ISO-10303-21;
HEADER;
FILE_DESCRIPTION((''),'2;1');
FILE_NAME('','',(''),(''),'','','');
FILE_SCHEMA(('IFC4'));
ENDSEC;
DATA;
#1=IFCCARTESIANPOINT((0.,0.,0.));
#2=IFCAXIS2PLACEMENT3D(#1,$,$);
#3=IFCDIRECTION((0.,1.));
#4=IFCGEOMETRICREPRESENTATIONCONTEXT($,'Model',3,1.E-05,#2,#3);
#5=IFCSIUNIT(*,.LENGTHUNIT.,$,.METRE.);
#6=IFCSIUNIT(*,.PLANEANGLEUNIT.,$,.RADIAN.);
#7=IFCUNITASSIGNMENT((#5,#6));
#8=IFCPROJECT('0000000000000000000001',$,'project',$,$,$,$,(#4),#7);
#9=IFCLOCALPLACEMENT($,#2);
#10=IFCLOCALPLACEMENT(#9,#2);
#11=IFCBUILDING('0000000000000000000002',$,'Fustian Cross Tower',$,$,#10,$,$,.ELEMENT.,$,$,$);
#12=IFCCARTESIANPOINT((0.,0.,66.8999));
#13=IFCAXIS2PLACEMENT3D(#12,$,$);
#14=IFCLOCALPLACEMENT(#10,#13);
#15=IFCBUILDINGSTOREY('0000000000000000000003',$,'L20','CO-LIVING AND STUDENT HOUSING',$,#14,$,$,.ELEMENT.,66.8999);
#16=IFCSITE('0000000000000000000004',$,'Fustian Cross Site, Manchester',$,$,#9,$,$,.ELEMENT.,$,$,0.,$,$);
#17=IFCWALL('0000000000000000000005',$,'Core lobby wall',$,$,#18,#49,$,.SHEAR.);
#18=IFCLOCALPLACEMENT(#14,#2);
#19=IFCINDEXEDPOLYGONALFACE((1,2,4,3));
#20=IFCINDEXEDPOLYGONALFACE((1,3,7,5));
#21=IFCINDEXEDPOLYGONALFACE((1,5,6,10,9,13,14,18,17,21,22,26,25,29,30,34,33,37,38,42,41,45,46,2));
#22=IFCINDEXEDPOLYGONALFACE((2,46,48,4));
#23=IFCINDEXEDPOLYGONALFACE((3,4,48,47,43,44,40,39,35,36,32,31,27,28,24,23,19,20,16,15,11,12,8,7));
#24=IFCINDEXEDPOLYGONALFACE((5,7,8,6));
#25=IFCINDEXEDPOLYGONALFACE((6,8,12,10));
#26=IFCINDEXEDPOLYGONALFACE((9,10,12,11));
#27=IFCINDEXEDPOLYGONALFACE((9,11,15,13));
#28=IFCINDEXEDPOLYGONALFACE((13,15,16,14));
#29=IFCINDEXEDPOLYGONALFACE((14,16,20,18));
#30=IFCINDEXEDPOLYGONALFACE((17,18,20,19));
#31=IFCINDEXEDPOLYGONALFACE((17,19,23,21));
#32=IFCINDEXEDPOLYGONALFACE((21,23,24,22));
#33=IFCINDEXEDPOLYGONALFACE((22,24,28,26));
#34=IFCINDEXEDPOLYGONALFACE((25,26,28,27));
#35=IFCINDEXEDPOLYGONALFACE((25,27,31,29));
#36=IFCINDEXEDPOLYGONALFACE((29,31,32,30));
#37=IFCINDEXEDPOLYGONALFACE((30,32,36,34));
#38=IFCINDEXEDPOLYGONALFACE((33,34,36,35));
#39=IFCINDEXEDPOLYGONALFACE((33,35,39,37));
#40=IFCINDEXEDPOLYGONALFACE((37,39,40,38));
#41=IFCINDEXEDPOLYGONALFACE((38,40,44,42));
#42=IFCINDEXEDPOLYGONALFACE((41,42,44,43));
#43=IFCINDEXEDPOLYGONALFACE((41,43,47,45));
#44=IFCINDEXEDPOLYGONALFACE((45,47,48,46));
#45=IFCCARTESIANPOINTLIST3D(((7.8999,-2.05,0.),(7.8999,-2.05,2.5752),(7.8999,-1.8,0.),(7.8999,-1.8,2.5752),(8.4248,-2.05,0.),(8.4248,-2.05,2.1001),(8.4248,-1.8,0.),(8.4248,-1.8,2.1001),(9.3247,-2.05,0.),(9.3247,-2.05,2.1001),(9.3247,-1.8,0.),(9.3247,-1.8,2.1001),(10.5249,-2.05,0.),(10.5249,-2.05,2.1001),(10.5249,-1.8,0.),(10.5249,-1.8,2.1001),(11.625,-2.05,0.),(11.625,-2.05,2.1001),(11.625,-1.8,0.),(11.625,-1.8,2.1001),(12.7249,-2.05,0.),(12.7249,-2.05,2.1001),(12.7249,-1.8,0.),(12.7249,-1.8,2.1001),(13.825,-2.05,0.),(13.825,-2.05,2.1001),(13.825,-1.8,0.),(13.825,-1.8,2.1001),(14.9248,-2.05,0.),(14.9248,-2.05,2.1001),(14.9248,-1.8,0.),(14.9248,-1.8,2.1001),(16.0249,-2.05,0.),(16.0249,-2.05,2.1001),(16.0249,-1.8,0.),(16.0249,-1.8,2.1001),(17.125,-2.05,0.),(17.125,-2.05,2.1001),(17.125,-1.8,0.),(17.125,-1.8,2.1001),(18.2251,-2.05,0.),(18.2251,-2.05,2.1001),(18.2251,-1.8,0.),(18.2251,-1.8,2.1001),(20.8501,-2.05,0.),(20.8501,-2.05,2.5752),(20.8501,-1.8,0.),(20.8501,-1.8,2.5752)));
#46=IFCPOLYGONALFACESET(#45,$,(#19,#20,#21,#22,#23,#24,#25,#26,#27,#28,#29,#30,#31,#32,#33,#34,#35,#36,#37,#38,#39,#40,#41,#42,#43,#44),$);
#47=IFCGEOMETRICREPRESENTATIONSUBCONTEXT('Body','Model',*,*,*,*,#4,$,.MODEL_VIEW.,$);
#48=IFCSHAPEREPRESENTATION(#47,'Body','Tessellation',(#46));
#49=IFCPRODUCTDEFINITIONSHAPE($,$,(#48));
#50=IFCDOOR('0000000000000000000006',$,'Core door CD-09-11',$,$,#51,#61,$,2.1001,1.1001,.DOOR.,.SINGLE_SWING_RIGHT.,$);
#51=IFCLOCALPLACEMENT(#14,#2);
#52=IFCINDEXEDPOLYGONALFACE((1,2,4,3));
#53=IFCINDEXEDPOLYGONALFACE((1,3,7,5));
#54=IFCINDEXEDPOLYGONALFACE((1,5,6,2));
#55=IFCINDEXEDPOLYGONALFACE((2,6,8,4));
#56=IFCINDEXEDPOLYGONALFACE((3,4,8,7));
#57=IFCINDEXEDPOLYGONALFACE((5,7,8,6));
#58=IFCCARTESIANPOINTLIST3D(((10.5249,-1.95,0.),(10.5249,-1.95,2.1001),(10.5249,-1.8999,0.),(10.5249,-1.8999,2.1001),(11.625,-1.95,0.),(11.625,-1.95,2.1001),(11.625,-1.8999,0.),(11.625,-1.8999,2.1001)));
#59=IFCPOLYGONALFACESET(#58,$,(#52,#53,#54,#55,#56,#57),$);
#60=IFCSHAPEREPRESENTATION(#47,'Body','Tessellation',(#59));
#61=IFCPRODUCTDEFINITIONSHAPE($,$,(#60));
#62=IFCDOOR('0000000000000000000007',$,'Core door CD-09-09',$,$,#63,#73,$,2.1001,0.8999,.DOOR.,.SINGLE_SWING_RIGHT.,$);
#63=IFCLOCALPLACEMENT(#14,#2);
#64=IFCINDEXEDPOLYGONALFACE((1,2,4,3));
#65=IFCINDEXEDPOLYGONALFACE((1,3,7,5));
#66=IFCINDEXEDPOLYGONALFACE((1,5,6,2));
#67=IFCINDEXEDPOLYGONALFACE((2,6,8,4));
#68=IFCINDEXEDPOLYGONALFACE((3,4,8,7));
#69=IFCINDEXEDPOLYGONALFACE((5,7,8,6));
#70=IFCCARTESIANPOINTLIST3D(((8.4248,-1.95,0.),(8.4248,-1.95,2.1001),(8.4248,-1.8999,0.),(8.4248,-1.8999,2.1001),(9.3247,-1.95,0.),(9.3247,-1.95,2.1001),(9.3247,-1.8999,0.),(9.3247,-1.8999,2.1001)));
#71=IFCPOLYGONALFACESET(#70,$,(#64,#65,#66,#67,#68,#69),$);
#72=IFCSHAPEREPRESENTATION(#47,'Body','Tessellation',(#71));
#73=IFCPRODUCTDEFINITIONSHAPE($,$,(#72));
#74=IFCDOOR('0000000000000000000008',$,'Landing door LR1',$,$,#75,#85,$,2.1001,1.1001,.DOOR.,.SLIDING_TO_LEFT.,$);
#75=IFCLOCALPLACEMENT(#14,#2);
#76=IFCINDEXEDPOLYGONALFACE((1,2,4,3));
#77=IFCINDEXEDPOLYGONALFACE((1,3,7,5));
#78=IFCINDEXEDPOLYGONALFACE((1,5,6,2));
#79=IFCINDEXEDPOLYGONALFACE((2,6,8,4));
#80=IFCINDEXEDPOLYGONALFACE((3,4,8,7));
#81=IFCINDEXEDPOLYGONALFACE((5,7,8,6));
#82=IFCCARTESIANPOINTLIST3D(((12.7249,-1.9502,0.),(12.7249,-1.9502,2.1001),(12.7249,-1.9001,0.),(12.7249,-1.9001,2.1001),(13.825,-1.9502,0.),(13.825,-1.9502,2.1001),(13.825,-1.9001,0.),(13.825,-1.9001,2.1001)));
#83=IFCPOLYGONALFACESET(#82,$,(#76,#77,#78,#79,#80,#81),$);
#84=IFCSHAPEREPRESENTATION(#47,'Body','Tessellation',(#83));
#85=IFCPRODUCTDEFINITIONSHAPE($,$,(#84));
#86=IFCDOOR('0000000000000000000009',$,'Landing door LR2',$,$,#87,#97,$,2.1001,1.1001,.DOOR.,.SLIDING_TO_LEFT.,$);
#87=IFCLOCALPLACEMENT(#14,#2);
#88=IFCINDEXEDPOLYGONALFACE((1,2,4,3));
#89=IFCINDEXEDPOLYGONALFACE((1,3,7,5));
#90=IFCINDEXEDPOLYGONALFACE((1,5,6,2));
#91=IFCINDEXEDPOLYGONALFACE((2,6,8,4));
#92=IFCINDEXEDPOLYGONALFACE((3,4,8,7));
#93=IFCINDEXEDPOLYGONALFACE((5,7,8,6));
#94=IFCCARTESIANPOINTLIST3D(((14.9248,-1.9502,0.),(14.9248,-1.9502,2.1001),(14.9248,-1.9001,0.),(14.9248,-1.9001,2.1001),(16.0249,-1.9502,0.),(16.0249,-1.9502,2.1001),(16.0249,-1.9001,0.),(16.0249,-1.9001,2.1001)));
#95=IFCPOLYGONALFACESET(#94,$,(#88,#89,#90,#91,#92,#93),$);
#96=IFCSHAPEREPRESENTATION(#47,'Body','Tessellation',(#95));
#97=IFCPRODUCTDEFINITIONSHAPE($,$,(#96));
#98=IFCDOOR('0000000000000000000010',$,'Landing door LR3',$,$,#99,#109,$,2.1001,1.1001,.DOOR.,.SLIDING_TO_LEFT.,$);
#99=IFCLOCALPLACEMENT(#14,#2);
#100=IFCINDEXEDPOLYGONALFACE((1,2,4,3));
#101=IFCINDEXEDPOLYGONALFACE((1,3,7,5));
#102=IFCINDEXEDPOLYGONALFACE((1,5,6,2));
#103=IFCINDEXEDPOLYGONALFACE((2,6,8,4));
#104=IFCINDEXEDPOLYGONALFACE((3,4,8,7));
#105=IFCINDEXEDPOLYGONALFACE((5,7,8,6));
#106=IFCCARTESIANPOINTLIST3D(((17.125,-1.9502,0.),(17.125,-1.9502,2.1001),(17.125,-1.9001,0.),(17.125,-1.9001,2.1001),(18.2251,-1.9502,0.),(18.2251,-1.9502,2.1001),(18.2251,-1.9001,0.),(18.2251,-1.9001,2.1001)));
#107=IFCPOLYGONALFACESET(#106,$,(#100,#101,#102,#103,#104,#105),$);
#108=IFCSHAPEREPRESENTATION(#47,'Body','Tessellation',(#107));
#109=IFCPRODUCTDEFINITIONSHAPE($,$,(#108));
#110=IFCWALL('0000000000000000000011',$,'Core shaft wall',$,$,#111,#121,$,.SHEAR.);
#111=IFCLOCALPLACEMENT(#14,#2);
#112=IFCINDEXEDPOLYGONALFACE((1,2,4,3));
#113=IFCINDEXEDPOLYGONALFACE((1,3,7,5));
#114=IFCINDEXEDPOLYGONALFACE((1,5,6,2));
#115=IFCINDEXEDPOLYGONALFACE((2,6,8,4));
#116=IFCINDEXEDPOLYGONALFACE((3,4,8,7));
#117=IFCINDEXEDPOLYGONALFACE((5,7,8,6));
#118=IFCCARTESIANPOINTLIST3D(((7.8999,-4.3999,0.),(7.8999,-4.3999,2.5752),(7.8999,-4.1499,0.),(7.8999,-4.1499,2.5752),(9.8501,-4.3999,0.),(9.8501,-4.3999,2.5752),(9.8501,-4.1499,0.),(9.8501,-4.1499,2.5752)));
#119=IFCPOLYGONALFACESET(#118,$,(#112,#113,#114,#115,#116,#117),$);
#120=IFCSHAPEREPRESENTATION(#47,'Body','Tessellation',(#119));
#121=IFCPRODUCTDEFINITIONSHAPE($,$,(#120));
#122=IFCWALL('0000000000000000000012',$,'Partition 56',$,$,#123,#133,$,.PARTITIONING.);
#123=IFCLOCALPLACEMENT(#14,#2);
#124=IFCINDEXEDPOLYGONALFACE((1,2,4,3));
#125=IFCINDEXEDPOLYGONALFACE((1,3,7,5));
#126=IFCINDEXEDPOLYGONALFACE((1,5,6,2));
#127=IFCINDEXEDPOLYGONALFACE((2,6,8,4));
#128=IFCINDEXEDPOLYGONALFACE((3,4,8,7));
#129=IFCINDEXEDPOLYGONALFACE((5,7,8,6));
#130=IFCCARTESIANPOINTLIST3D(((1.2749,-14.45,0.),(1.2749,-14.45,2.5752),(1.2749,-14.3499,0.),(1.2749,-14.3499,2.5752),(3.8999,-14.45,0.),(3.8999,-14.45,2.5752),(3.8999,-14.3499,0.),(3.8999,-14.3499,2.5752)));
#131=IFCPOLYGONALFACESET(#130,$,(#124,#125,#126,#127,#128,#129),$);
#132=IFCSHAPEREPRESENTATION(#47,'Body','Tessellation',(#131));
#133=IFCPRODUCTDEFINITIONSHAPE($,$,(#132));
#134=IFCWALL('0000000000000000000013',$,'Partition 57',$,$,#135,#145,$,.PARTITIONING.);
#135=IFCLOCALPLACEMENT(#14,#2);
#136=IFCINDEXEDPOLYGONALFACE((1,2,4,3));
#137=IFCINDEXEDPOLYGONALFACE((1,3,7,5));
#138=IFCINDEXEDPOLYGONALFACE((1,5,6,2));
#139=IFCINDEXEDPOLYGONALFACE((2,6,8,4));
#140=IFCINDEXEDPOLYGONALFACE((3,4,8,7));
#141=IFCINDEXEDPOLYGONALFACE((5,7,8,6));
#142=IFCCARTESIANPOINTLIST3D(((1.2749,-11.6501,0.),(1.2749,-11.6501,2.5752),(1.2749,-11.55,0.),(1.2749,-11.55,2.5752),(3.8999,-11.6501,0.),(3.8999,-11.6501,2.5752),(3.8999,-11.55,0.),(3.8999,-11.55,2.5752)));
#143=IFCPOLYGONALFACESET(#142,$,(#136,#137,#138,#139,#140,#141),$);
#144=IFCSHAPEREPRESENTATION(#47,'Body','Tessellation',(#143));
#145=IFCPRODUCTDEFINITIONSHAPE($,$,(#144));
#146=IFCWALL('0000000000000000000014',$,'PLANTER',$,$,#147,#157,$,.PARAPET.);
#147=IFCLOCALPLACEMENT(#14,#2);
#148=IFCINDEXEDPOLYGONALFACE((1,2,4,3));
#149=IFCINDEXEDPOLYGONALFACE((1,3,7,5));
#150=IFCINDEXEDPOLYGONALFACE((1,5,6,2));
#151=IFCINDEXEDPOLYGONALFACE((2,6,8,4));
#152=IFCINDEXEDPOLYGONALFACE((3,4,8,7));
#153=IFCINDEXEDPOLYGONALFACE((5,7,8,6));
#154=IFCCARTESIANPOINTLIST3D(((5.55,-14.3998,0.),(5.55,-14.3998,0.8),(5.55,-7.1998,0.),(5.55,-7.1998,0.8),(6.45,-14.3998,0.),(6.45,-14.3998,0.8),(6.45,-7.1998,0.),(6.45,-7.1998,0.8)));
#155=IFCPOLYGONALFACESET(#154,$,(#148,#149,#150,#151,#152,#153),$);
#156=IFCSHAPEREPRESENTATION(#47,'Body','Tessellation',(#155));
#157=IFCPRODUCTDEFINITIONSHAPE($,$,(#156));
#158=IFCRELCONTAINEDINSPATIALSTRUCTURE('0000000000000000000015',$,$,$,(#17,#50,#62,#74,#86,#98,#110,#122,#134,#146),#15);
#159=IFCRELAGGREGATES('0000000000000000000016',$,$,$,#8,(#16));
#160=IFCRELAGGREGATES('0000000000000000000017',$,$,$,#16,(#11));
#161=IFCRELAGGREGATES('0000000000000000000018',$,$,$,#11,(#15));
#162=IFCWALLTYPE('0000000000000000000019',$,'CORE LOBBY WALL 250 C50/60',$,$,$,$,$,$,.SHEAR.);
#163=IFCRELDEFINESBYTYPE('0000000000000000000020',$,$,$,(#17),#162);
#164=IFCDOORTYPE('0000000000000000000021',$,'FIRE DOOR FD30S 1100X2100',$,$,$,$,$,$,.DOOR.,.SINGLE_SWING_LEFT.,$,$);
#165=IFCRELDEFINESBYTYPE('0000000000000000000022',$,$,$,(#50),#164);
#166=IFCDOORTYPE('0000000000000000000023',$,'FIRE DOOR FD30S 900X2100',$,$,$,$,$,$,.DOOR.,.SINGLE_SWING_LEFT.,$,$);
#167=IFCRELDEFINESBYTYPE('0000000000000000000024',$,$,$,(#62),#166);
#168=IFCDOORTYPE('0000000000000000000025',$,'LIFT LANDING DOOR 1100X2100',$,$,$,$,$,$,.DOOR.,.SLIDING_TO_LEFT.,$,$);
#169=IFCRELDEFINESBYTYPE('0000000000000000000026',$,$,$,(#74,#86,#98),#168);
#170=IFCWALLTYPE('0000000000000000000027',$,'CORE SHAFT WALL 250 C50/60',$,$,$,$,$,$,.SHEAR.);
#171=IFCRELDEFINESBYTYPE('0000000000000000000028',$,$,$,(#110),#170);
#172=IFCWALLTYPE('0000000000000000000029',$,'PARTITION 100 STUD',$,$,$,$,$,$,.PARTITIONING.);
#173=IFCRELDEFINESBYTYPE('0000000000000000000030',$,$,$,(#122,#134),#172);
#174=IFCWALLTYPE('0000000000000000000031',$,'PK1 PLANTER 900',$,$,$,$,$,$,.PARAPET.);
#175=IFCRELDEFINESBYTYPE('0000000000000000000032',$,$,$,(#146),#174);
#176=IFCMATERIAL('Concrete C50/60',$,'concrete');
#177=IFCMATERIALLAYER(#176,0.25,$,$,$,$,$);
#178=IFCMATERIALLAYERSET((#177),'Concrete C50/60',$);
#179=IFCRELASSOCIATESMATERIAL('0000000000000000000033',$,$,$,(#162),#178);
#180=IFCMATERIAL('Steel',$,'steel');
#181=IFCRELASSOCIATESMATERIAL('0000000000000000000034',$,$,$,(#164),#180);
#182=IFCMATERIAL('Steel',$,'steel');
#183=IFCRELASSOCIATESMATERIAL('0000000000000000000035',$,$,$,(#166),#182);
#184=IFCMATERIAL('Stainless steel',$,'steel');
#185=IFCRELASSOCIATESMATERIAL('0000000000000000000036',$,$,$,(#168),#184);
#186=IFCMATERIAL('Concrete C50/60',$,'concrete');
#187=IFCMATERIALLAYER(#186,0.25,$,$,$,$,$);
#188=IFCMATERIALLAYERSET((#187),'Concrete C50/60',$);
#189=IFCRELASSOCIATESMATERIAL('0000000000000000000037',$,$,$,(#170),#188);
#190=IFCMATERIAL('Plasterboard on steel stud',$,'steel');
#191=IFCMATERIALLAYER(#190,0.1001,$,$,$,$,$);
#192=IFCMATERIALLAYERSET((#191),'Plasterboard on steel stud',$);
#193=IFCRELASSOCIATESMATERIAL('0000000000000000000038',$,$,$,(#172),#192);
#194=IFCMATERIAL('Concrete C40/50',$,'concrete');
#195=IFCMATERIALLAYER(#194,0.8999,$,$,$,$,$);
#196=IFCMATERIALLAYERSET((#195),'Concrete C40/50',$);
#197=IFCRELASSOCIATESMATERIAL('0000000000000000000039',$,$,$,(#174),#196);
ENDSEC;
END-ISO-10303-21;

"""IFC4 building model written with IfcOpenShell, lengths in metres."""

from ifc_helpers import new_model, si_unit, direction, frame, frame_2d, origin, place, context, subcontext, project, spatial, rectangle, extrude, material, layer, layer_set, type_object, element, fill, save


model = new_model("IFC4")

# Units and contexts
model_context = context("Model", 3, precision=1e-05, world=origin(), true_north=direction((0.0, 1.0)))
body_context = subcontext(model_context, "Body", "Model", "MODEL_VIEW")
ifc_project = project(units=[si_unit("LENGTHUNIT", "METRE"), si_unit("PLANEANGLEUNIT", "RADIAN")], contexts=[model_context])

# Site, building, storey
site_placement = place(None, origin())
site = spatial("IfcSite", under=ifc_project, at=site_placement, Name="Fustian Cross Site, Manchester", CompositionType="ELEMENT", RefElevation=0.0)
building_placement = place(site_placement, origin())
building = spatial("IfcBuilding", under=site, at=building_placement, Name="Fustian Cross Tower", CompositionType="ELEMENT")
storey_placement = place(building_placement, frame((0.0, 0.0, 66.8999)))
storey = spatial("IfcBuildingStorey", under=building, at=storey_placement, Name="L20", Description="CO-LIVING AND STUDENT HOUSING", CompositionType="ELEMENT", Elevation=66.8999)

# Wall, openings, doors
ifc_material_1 = material(Name="Concrete C50/60", Category="concrete")
ifc_layer_1 = layer(ifc_material_1, 0.25)
ifc_layer_set_1 = layer_set([ifc_layer_1], Name="Concrete C50/60")
wall_type_1 = type_object("IfcWallType", Name="CORE LOBBY WALL 250 C50/60", PredefinedType="SHEAR", material=ifc_layer_set_1)
wall_1_placement = place(storey_placement, frame((7.8999, -1.925, 0.0), z_axis=(0.0, 0.0, 1.0), x_axis=(1.0, 0.0, 0.0)))
wall_1 = element("IfcWall", 1, at=wall_1_placement, inside=storey, type_object=wall_type_1, Name="Core lobby wall", PredefinedType="SHEAR", context=body_context, shape_type="SweptSolid", body=[
    extrude(rectangle(XDim=12.9502, YDim=0.25, at=frame_2d((6.4751, 0.0))), origin(), (0.0, 0.0, 1.0), 2.5752),
])
opening_1_placement = place(wall_1_placement, frame((4.825, 0.0, 0.0)))
opening_1 = element("IfcOpeningElement", 2, at=opening_1_placement, cuts=wall_1, PredefinedType="OPENING", context=body_context, shape_type="SweptSolid", body=[
    extrude(rectangle(XDim=1.1001, YDim=2.1001, at=frame_2d((0.55, 1.05))), frame((0.0, 0.135, 0.0), z_axis=(0.0, -1.0, 0.0), x_axis=(1.0, 0.0, 0.0)), (0.0, 0.0, 1.0), 0.27),
])
opening_2_placement = place(wall_1_placement, frame((7.0249, 0.0, 0.0)))
opening_2 = element("IfcOpeningElement", 3, at=opening_2_placement, cuts=wall_1, PredefinedType="OPENING", context=body_context, shape_type="SweptSolid", body=[
    extrude(rectangle(XDim=1.1001, YDim=2.1001, at=frame_2d((0.55, 1.05))), frame((0.0, 0.135, 0.0), z_axis=(0.0, -1.0, 0.0), x_axis=(1.0, 0.0, 0.0)), (0.0, 0.0, 1.0), 0.27),
])
opening_3_placement = place(wall_1_placement, frame((9.2251, 0.0, 0.0)))
opening_3 = element("IfcOpeningElement", 4, at=opening_3_placement, cuts=wall_1, PredefinedType="OPENING", context=body_context, shape_type="SweptSolid", body=[
    extrude(rectangle(XDim=1.1001, YDim=2.1001, at=frame_2d((0.55, 1.05))), frame((0.0, 0.135, 0.0), z_axis=(0.0, -1.0, 0.0), x_axis=(1.0, 0.0, 0.0)), (0.0, 0.0, 1.0), 0.27),
])
opening_4_placement = place(wall_1_placement, frame((0.5249, 0.0, 0.0)))
opening_4 = element("IfcOpeningElement", 5, at=opening_4_placement, cuts=wall_1, PredefinedType="OPENING", context=body_context, shape_type="SweptSolid", body=[
    extrude(rectangle(XDim=0.8999, YDim=2.1001, at=frame_2d((0.45, 1.05))), frame((0.0, 0.135, 0.0), z_axis=(0.0, -1.0, 0.0), x_axis=(1.0, 0.0, 0.0)), (0.0, 0.0, 1.0), 0.27),
])
opening_5_placement = place(wall_1_placement, frame((2.625, 0.0, 0.0)))
opening_5 = element("IfcOpeningElement", 6, at=opening_5_placement, cuts=wall_1, PredefinedType="OPENING", context=body_context, shape_type="SweptSolid", body=[
    extrude(rectangle(XDim=1.1001, YDim=2.1001, at=frame_2d((0.55, 1.05))), frame((0.0, 0.135, 0.0), z_axis=(0.0, -1.0, 0.0), x_axis=(1.0, 0.0, 0.0)), (0.0, 0.0, 1.0), 0.27),
])
ifc_material_2 = material(Name="Steel", Category="steel")
door_type_1 = type_object("IfcDoorType", Name="FIRE DOOR FD30S 1100X2100", OperationType="SINGLE_SWING_LEFT", PredefinedType="DOOR", material=ifc_material_2)
door_1_placement = place(opening_5_placement, frame((1.1001, 0.0, 0.0), z_axis=(0.0, 0.0, 1.0), x_axis=(-1.0, 0.0, 0.0)))
door_1 = element("IfcDoor", 7, at=door_1_placement, inside=storey, type_object=door_type_1, Name="Core door CD-09-11", OperationType="SINGLE_SWING_RIGHT", OverallHeight=2.1001, OverallWidth=1.1001, PredefinedType="DOOR", context=body_context, shape_type="SweptSolid", body=[
    extrude(rectangle(XDim=1.1001, YDim=2.1001, at=frame_2d((0.55, 1.05))), frame((0.0, 0.0249, 0.0), z_axis=(0.0, -1.0, 0.0), x_axis=(1.0, 0.0, 0.0)), (0.0, 0.0, 1.0), 0.05),
])
fill(opening_5, door_1)
ifc_material_3 = material(Name="Steel", Category="steel")
door_type_2 = type_object("IfcDoorType", Name="FIRE DOOR FD30S 900X2100", OperationType="SINGLE_SWING_LEFT", PredefinedType="DOOR", material=ifc_material_3)
door_2_placement = place(opening_4_placement, frame((0.8999, 0.0, 0.0), z_axis=(0.0, 0.0, 1.0), x_axis=(-1.0, 0.0, 0.0)))
door_2 = element("IfcDoor", 8, at=door_2_placement, inside=storey, type_object=door_type_2, Name="Core door CD-09-09", OperationType="SINGLE_SWING_RIGHT", OverallHeight=2.1001, OverallWidth=0.8999, PredefinedType="DOOR", context=body_context, shape_type="SweptSolid", body=[
    extrude(rectangle(XDim=0.8999, YDim=2.1001, at=frame_2d((0.45, 1.05))), frame((0.0, 0.0249, 0.0), z_axis=(0.0, -1.0, 0.0), x_axis=(1.0, 0.0, 0.0)), (0.0, 0.0, 1.0), 0.05),
])
fill(opening_4, door_2)
ifc_material_4 = material(Name="Stainless steel", Category="steel")
door_type_3 = type_object("IfcDoorType", Name="LIFT LANDING DOOR 1100X2100", OperationType="SLIDING_TO_LEFT", PredefinedType="DOOR", material=ifc_material_4)
door_3_placement = place(opening_1_placement, origin())
door_3 = element("IfcDoor", 9, at=door_3_placement, inside=storey, type_object=door_type_3, Name="Landing door LR1", OperationType="SLIDING_TO_LEFT", OverallHeight=2.1001, OverallWidth=1.1001, PredefinedType="DOOR", context=body_context, shape_type="SweptSolid", body=[
    extrude(rectangle(XDim=1.1001, YDim=2.1001, at=frame_2d((0.55, 1.05))), frame((0.0, 0.0249, 0.0), z_axis=(0.0, -1.0, 0.0), x_axis=(1.0, 0.0, 0.0)), (0.0, 0.0, 1.0), 0.05),
])
fill(opening_1, door_3)
door_4_placement = place(opening_2_placement, origin())
door_4 = element("IfcDoor", 10, at=door_4_placement, inside=storey, type_object=door_type_3, Name="Landing door LR2", OperationType="SLIDING_TO_LEFT", OverallHeight=2.1001, OverallWidth=1.1001, PredefinedType="DOOR", context=body_context, shape_type="SweptSolid", body=[
    extrude(rectangle(XDim=1.1001, YDim=2.1001, at=frame_2d((0.55, 1.05))), frame((0.0, 0.0249, 0.0), z_axis=(0.0, -1.0, 0.0), x_axis=(1.0, 0.0, 0.0)), (0.0, 0.0, 1.0), 0.05),
])
fill(opening_2, door_4)
door_5_placement = place(opening_3_placement, origin())
door_5 = element("IfcDoor", 11, at=door_5_placement, inside=storey, type_object=door_type_3, Name="Landing door LR3", OperationType="SLIDING_TO_LEFT", OverallHeight=2.1001, OverallWidth=1.1001, PredefinedType="DOOR", context=body_context, shape_type="SweptSolid", body=[
    extrude(rectangle(XDim=1.1001, YDim=2.1001, at=frame_2d((0.55, 1.05))), frame((0.0, 0.0249, 0.0), z_axis=(0.0, -1.0, 0.0), x_axis=(1.0, 0.0, 0.0)), (0.0, 0.0, 1.0), 0.05),
])
fill(opening_3, door_5)

# Walls
ifc_material_5 = material(Name="Concrete C50/60", Category="concrete")
ifc_layer_2 = layer(ifc_material_5, 0.25)
ifc_layer_set_2 = layer_set([ifc_layer_2], Name="Concrete C50/60")
wall_type_2 = type_object("IfcWallType", Name="CORE SHAFT WALL 250 C50/60", PredefinedType="SHEAR", material=ifc_layer_set_2)
wall_2_placement = place(storey_placement, frame((7.8999, -4.2749, 0.0), z_axis=(0.0, 0.0, 1.0), x_axis=(1.0, 0.0, 0.0)))
element("IfcWall", 12, at=wall_2_placement, inside=storey, type_object=wall_type_2, Name="Core shaft wall", PredefinedType="SHEAR", context=body_context, shape_type="SweptSolid", body=[
    extrude(rectangle(XDim=1.9502, YDim=0.25, at=frame_2d((0.9751, 0.0))), origin(), (0.0, 0.0, 1.0), 2.5752),
])
ifc_material_6 = material(Name="Plasterboard on steel stud", Category="steel")
ifc_layer_3 = layer(ifc_material_6, 0.1001)
ifc_layer_set_3 = layer_set([ifc_layer_3], Name="Plasterboard on steel stud")
wall_type_3 = type_object("IfcWallType", Name="PARTITION 100 STUD", PredefinedType="PARTITIONING", material=ifc_layer_set_3)
for number, where, z_axis, x_axis, name in (
    (13, (1.2749, -14.3999, 0.0), (0.0, 0.0, 1.0), (1.0, 0.0, 0.0), "Partition 56"),
    (14, (1.2749, -11.6001, 0.0), (0.0, 0.0, 1.0), (1.0, 0.0, 0.0), "Partition 57"),
):
    element("IfcWall", number, at=place(storey_placement, frame(where, z_axis=z_axis, x_axis=x_axis)), inside=storey, type_object=wall_type_3, Name=name, PredefinedType="PARTITIONING", context=body_context, shape_type="SweptSolid", body=[
        extrude(rectangle(XDim=2.625, YDim=0.1001, at=frame_2d((1.3125, 0.0))), origin(), (0.0, 0.0, 1.0), 2.5752),
    ])
ifc_material_7 = material(Name="Concrete C40/50", Category="concrete")
ifc_layer_4 = layer(ifc_material_7, 0.8999)
ifc_layer_set_4 = layer_set([ifc_layer_4], Name="Concrete C40/50")
wall_type_4 = type_object("IfcWallType", Name="PK1 PLANTER 900", PredefinedType="PARAPET", material=ifc_layer_set_4)
wall_3_placement = place(storey_placement, frame((6.0, -14.3999, 0.0), z_axis=(0.0, 0.0, 1.0), x_axis=(0.0, 1.0, 0.0)))
element("IfcWall", 15, at=wall_3_placement, inside=storey, type_object=wall_type_4, Name="PLANTER", PredefinedType="PARAPET", context=body_context, shape_type="SweptSolid", body=[
    extrude(rectangle(XDim=7.2, YDim=0.8999, at=frame_2d((3.6001, 0.0))), origin(), (0.0, 0.0, 1.0), 0.8),
])

save(model, "model.ifc")
